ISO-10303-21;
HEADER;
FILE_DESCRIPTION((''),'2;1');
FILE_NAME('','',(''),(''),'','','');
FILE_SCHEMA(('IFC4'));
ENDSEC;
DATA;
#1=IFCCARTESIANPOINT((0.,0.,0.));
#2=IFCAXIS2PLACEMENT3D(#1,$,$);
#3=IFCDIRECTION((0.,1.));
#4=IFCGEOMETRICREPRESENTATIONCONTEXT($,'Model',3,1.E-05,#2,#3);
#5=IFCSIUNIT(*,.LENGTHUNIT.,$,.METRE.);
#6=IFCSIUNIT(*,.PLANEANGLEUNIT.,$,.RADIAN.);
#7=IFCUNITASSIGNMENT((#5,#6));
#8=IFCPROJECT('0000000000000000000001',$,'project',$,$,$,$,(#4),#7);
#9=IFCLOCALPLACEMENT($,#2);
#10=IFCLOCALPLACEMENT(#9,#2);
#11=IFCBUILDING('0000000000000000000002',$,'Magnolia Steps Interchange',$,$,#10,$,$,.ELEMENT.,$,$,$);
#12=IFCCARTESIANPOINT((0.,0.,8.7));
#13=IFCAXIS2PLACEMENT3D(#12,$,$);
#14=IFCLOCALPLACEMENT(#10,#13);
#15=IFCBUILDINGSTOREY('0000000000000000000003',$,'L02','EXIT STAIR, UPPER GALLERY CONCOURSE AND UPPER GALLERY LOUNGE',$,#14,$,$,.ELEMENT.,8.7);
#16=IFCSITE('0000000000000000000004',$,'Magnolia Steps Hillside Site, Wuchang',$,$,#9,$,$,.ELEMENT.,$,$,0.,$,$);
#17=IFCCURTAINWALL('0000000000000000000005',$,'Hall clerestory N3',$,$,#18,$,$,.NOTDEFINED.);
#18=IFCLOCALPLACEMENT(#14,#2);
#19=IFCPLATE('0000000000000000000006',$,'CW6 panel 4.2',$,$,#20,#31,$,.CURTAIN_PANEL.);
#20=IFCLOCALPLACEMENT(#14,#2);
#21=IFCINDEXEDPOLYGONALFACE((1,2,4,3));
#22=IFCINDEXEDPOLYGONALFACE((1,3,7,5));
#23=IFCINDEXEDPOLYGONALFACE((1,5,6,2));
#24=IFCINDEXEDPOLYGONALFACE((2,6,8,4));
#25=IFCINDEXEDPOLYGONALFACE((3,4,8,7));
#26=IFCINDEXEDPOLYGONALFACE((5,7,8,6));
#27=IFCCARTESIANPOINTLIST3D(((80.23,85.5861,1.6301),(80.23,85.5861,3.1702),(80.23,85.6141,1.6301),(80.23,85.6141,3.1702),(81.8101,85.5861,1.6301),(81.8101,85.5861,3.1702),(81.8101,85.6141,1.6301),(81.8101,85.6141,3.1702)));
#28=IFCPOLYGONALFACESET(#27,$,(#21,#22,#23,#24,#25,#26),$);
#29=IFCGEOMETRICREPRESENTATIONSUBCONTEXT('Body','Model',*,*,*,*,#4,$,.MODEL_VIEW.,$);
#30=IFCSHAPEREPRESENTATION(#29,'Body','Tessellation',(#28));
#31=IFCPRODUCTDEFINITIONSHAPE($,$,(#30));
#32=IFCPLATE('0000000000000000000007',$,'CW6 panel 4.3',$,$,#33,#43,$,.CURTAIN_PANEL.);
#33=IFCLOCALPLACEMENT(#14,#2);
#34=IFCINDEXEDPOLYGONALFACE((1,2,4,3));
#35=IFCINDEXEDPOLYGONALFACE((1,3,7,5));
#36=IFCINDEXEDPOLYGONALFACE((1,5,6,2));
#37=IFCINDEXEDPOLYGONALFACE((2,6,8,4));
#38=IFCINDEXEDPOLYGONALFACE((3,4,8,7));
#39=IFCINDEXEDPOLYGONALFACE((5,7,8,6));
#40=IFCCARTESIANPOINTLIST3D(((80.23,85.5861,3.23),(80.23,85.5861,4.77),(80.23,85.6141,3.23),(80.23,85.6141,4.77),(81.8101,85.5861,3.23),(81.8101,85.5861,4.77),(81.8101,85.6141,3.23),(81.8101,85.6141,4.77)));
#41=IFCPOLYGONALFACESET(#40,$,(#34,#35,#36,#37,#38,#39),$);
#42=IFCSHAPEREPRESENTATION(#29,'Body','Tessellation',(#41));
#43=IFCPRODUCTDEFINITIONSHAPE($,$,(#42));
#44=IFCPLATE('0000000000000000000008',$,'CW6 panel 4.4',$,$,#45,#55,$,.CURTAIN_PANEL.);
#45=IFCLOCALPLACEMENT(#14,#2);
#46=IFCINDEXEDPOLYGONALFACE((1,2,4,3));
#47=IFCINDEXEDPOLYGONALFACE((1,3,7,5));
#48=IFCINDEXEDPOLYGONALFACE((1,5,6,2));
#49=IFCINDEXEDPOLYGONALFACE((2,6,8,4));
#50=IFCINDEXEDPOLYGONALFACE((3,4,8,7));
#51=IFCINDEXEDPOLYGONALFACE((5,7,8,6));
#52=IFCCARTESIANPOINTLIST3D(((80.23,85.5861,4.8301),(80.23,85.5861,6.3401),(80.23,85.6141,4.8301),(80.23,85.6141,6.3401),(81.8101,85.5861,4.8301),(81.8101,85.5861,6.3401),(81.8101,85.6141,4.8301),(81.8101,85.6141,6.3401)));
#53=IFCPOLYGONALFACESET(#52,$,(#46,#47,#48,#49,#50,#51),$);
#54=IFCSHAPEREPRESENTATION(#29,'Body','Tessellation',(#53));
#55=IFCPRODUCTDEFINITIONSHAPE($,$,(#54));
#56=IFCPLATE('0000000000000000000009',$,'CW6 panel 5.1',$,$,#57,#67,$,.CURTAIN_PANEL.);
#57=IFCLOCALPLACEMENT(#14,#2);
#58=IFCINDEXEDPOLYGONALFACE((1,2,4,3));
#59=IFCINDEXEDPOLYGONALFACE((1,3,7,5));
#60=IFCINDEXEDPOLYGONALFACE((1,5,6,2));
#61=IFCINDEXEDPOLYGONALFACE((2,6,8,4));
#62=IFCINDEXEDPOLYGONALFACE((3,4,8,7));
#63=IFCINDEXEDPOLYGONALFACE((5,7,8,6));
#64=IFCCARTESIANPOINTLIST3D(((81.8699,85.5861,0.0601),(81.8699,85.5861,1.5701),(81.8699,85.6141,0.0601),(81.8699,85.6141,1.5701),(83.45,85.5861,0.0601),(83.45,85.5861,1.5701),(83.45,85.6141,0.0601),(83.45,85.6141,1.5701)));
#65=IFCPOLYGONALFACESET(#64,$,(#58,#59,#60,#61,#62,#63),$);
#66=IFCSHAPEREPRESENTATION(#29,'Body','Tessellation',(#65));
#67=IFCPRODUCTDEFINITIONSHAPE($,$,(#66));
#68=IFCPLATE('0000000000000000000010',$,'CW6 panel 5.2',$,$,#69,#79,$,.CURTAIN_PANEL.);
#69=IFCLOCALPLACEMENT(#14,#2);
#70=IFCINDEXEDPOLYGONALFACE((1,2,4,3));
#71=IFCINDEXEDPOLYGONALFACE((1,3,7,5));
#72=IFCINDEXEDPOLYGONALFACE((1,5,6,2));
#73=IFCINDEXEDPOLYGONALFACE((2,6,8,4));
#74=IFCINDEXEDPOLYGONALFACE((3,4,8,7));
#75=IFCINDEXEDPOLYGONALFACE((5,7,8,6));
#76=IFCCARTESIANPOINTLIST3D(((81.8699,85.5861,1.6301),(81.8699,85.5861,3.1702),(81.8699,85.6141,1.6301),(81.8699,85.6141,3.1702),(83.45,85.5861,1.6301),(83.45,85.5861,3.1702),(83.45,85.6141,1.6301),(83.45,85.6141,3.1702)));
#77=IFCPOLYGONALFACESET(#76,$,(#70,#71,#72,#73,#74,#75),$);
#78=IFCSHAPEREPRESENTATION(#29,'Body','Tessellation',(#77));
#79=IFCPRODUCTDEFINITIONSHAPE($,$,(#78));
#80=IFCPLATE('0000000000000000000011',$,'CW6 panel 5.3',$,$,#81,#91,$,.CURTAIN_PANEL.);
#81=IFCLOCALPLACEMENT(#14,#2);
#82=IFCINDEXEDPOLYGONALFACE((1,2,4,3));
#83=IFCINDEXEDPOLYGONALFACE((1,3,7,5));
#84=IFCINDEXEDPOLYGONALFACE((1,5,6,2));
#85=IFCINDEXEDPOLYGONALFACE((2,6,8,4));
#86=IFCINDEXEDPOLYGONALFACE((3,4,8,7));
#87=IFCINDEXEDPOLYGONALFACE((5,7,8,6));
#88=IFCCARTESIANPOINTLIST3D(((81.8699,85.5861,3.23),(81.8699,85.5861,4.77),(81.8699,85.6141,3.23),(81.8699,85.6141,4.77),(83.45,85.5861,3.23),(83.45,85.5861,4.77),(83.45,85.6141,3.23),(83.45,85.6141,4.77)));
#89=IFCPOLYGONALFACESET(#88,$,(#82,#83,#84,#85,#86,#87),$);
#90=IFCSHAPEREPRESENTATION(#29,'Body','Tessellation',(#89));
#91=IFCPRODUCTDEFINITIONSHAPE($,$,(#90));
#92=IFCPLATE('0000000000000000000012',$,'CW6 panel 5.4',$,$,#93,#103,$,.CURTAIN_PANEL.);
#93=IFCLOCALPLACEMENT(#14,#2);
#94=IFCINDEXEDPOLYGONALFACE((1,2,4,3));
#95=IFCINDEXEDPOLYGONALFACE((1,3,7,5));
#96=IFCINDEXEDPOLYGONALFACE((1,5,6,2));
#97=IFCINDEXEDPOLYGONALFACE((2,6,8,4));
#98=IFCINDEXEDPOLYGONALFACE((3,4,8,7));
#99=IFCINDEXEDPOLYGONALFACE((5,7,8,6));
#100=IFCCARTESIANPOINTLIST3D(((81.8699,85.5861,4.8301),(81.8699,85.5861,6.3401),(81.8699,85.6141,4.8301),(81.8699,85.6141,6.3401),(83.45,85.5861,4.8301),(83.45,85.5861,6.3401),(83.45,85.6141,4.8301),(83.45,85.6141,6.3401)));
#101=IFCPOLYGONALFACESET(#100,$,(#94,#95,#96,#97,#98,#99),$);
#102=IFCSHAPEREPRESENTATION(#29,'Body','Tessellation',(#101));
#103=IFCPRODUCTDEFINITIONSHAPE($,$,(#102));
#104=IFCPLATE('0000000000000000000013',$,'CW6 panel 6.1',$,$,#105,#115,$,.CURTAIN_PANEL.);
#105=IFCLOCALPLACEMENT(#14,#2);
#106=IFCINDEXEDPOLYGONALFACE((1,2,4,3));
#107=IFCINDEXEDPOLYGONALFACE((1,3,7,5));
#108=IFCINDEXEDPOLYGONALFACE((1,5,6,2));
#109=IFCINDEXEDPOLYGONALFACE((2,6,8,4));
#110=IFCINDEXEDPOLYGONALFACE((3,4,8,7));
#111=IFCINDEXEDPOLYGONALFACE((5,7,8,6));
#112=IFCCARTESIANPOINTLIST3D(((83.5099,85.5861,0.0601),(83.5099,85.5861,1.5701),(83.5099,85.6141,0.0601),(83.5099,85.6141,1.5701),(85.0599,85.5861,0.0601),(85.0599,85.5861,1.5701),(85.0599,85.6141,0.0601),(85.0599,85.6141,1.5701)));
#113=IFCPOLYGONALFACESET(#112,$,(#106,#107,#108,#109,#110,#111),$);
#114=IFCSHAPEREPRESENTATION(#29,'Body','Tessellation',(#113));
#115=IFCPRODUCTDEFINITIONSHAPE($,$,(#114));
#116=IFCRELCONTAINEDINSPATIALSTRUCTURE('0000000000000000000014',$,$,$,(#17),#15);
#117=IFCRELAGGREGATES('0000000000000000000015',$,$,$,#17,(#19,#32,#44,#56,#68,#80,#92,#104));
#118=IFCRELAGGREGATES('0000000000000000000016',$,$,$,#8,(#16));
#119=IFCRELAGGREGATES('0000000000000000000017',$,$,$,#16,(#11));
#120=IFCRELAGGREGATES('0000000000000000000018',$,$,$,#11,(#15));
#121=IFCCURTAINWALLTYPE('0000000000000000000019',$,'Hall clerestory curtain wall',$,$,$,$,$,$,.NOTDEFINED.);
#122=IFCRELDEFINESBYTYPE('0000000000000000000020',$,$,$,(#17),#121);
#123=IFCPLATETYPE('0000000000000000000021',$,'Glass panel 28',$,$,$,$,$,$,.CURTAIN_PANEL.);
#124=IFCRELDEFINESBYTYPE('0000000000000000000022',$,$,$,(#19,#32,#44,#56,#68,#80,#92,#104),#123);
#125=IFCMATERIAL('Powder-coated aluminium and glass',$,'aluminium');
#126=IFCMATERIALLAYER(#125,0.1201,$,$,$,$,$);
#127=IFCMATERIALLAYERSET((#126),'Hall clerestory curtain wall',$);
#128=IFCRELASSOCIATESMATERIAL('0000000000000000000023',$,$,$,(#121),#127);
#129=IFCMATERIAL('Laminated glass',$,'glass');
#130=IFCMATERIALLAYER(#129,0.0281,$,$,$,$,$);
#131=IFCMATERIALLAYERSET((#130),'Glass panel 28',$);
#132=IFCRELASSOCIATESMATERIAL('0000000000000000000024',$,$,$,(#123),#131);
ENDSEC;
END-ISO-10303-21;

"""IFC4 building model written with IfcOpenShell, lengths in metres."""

from ifc_helpers import new_model, si_unit, direction, frame, origin, origin_2d, place, context, subcontext, project, spatial, rectangle, extrude, material, layer, layer_set, type_object, element, aggregate, save


model = new_model("IFC4")

# Units and contexts
model_context = context("Model", 3, precision=1e-05, world=origin(), true_north=direction((0.0, 1.0)))
body_context = subcontext(model_context, "Body", "Model", "MODEL_VIEW")
ifc_project = project(units=[si_unit("LENGTHUNIT", "METRE"), si_unit("PLANEANGLEUNIT", "RADIAN")], contexts=[model_context])

# Site, building, storey
site_placement = place(None, origin())
site = spatial("IfcSite", under=ifc_project, at=site_placement, Name="Magnolia Steps Hillside Site, Wuchang", CompositionType="ELEMENT", RefElevation=0.0)
building_placement = place(site_placement, origin())
building = spatial("IfcBuilding", under=site, at=building_placement, Name="Magnolia Steps Interchange", CompositionType="ELEMENT")
storey_placement = place(building_placement, frame((0.0, 0.0, 8.7)))
storey = spatial("IfcBuildingStorey", under=building, at=storey_placement, Name="L02", Description="EXIT STAIR, UPPER GALLERY CONCOURSE AND UPPER GALLERY LOUNGE", CompositionType="ELEMENT", Elevation=8.7)

# Curtain wall, plates
ifc_material_1 = material(Name="Powder-coated aluminium and glass", Category="aluminium")
ifc_layer_1 = layer(ifc_material_1, 0.1201)
ifc_layer_set_1 = layer_set([ifc_layer_1], Name="Hall clerestory curtain wall")
curtain_wall_type = type_object("IfcCurtainWallType", Name="Hall clerestory curtain wall", PredefinedType="NOTDEFINED", material=ifc_layer_set_1)
curtain_wall_placement = place(storey_placement, origin())
curtain_wall = element("IfcCurtainWall", 1, at=curtain_wall_placement, inside=storey, type_object=curtain_wall_type, Name="Hall clerestory N3", PredefinedType="NOTDEFINED")
ifc_material_2 = material(Name="Laminated glass", Category="glass")
ifc_layer_2 = layer(ifc_material_2, 0.0281)
ifc_layer_set_2 = layer_set([ifc_layer_2], Name="Glass panel 28")
plate_type = type_object("IfcPlateType", Name="Glass panel 28", PredefinedType="CURTAIN_PANEL", material=ifc_layer_set_2)
plate_1_placement = place(storey_placement, frame((81.02, 85.6001, 1.6301), z_axis=(0.0, 0.0, 1.0), x_axis=(1.0, 0.0, 0.0)))
plate_1 = element("IfcPlate", 2, at=plate_1_placement, type_object=plate_type, Name="CW6 panel 4.2", PredefinedType="CURTAIN_PANEL", context=body_context, shape_type="SweptSolid", body=[
    extrude(rectangle(XDim=1.5801, YDim=0.0281, at=origin_2d()), origin(), (0.0, 0.0, 1.0), 1.54),
])
plate_2_placement = place(storey_placement, frame((81.02, 85.6001, 3.23), z_axis=(0.0, 0.0, 1.0), x_axis=(1.0, 0.0, 0.0)))
plate_2 = element("IfcPlate", 3, at=plate_2_placement, type_object=plate_type, Name="CW6 panel 4.3", PredefinedType="CURTAIN_PANEL", context=body_context, shape_type="SweptSolid", body=[
    extrude(rectangle(XDim=1.5801, YDim=0.0281, at=origin_2d()), origin(), (0.0, 0.0, 1.0), 1.54),
])
plate_3_placement = place(storey_placement, frame((81.02, 85.6001, 4.8301), z_axis=(0.0, 0.0, 1.0), x_axis=(1.0, 0.0, 0.0)))
plate_3 = element("IfcPlate", 4, at=plate_3_placement, type_object=plate_type, Name="CW6 panel 4.4", PredefinedType="CURTAIN_PANEL", context=body_context, shape_type="SweptSolid", body=[
    extrude(rectangle(XDim=1.5801, YDim=0.0281, at=origin_2d()), origin(), (0.0, 0.0, 1.0), 1.51),
])
plate_4_placement = place(storey_placement, frame((82.6599, 85.6001, 0.0601), z_axis=(0.0, 0.0, 1.0), x_axis=(1.0, 0.0, 0.0)))
plate_4 = element("IfcPlate", 5, at=plate_4_placement, type_object=plate_type, Name="CW6 panel 5.1", PredefinedType="CURTAIN_PANEL", context=body_context, shape_type="SweptSolid", body=[
    extrude(rectangle(XDim=1.5801, YDim=0.0281, at=origin_2d()), origin(), (0.0, 0.0, 1.0), 1.51),
])
plate_5_placement = place(storey_placement, frame((82.6599, 85.6001, 1.6301), z_axis=(0.0, 0.0, 1.0), x_axis=(1.0, 0.0, 0.0)))
plate_5 = element("IfcPlate", 6, at=plate_5_placement, type_object=plate_type, Name="CW6 panel 5.2", PredefinedType="CURTAIN_PANEL", context=body_context, shape_type="SweptSolid", body=[
    extrude(rectangle(XDim=1.5801, YDim=0.0281, at=origin_2d()), origin(), (0.0, 0.0, 1.0), 1.54),
])
plate_6_placement = place(storey_placement, frame((82.6599, 85.6001, 3.23), z_axis=(0.0, 0.0, 1.0), x_axis=(1.0, 0.0, 0.0)))
plate_6 = element("IfcPlate", 7, at=plate_6_placement, type_object=plate_type, Name="CW6 panel 5.3", PredefinedType="CURTAIN_PANEL", context=body_context, shape_type="SweptSolid", body=[
    extrude(rectangle(XDim=1.5801, YDim=0.0281, at=origin_2d()), origin(), (0.0, 0.0, 1.0), 1.54),
])
plate_7_placement = place(storey_placement, frame((82.6599, 85.6001, 4.8301), z_axis=(0.0, 0.0, 1.0), x_axis=(1.0, 0.0, 0.0)))
plate_7 = element("IfcPlate", 8, at=plate_7_placement, type_object=plate_type, Name="CW6 panel 5.4", PredefinedType="CURTAIN_PANEL", context=body_context, shape_type="SweptSolid", body=[
    extrude(rectangle(XDim=1.5801, YDim=0.0281, at=origin_2d()), origin(), (0.0, 0.0, 1.0), 1.51),
])
plate_8_placement = place(storey_placement, frame((84.2849, 85.6001, 0.0601), z_axis=(0.0, 0.0, 1.0), x_axis=(1.0, 0.0, 0.0)))
plate_8 = element("IfcPlate", 9, at=plate_8_placement, type_object=plate_type, Name="CW6 panel 6.1", PredefinedType="CURTAIN_PANEL", context=body_context, shape_type="SweptSolid", body=[
    extrude(rectangle(XDim=1.55, YDim=0.0281, at=origin_2d()), origin(), (0.0, 0.0, 1.0), 1.51),
])
aggregate(curtain_wall, [plate_1, plate_2, plate_3, plate_4, plate_5, plate_6, plate_7, plate_8])

save(model, "model.ifc")
